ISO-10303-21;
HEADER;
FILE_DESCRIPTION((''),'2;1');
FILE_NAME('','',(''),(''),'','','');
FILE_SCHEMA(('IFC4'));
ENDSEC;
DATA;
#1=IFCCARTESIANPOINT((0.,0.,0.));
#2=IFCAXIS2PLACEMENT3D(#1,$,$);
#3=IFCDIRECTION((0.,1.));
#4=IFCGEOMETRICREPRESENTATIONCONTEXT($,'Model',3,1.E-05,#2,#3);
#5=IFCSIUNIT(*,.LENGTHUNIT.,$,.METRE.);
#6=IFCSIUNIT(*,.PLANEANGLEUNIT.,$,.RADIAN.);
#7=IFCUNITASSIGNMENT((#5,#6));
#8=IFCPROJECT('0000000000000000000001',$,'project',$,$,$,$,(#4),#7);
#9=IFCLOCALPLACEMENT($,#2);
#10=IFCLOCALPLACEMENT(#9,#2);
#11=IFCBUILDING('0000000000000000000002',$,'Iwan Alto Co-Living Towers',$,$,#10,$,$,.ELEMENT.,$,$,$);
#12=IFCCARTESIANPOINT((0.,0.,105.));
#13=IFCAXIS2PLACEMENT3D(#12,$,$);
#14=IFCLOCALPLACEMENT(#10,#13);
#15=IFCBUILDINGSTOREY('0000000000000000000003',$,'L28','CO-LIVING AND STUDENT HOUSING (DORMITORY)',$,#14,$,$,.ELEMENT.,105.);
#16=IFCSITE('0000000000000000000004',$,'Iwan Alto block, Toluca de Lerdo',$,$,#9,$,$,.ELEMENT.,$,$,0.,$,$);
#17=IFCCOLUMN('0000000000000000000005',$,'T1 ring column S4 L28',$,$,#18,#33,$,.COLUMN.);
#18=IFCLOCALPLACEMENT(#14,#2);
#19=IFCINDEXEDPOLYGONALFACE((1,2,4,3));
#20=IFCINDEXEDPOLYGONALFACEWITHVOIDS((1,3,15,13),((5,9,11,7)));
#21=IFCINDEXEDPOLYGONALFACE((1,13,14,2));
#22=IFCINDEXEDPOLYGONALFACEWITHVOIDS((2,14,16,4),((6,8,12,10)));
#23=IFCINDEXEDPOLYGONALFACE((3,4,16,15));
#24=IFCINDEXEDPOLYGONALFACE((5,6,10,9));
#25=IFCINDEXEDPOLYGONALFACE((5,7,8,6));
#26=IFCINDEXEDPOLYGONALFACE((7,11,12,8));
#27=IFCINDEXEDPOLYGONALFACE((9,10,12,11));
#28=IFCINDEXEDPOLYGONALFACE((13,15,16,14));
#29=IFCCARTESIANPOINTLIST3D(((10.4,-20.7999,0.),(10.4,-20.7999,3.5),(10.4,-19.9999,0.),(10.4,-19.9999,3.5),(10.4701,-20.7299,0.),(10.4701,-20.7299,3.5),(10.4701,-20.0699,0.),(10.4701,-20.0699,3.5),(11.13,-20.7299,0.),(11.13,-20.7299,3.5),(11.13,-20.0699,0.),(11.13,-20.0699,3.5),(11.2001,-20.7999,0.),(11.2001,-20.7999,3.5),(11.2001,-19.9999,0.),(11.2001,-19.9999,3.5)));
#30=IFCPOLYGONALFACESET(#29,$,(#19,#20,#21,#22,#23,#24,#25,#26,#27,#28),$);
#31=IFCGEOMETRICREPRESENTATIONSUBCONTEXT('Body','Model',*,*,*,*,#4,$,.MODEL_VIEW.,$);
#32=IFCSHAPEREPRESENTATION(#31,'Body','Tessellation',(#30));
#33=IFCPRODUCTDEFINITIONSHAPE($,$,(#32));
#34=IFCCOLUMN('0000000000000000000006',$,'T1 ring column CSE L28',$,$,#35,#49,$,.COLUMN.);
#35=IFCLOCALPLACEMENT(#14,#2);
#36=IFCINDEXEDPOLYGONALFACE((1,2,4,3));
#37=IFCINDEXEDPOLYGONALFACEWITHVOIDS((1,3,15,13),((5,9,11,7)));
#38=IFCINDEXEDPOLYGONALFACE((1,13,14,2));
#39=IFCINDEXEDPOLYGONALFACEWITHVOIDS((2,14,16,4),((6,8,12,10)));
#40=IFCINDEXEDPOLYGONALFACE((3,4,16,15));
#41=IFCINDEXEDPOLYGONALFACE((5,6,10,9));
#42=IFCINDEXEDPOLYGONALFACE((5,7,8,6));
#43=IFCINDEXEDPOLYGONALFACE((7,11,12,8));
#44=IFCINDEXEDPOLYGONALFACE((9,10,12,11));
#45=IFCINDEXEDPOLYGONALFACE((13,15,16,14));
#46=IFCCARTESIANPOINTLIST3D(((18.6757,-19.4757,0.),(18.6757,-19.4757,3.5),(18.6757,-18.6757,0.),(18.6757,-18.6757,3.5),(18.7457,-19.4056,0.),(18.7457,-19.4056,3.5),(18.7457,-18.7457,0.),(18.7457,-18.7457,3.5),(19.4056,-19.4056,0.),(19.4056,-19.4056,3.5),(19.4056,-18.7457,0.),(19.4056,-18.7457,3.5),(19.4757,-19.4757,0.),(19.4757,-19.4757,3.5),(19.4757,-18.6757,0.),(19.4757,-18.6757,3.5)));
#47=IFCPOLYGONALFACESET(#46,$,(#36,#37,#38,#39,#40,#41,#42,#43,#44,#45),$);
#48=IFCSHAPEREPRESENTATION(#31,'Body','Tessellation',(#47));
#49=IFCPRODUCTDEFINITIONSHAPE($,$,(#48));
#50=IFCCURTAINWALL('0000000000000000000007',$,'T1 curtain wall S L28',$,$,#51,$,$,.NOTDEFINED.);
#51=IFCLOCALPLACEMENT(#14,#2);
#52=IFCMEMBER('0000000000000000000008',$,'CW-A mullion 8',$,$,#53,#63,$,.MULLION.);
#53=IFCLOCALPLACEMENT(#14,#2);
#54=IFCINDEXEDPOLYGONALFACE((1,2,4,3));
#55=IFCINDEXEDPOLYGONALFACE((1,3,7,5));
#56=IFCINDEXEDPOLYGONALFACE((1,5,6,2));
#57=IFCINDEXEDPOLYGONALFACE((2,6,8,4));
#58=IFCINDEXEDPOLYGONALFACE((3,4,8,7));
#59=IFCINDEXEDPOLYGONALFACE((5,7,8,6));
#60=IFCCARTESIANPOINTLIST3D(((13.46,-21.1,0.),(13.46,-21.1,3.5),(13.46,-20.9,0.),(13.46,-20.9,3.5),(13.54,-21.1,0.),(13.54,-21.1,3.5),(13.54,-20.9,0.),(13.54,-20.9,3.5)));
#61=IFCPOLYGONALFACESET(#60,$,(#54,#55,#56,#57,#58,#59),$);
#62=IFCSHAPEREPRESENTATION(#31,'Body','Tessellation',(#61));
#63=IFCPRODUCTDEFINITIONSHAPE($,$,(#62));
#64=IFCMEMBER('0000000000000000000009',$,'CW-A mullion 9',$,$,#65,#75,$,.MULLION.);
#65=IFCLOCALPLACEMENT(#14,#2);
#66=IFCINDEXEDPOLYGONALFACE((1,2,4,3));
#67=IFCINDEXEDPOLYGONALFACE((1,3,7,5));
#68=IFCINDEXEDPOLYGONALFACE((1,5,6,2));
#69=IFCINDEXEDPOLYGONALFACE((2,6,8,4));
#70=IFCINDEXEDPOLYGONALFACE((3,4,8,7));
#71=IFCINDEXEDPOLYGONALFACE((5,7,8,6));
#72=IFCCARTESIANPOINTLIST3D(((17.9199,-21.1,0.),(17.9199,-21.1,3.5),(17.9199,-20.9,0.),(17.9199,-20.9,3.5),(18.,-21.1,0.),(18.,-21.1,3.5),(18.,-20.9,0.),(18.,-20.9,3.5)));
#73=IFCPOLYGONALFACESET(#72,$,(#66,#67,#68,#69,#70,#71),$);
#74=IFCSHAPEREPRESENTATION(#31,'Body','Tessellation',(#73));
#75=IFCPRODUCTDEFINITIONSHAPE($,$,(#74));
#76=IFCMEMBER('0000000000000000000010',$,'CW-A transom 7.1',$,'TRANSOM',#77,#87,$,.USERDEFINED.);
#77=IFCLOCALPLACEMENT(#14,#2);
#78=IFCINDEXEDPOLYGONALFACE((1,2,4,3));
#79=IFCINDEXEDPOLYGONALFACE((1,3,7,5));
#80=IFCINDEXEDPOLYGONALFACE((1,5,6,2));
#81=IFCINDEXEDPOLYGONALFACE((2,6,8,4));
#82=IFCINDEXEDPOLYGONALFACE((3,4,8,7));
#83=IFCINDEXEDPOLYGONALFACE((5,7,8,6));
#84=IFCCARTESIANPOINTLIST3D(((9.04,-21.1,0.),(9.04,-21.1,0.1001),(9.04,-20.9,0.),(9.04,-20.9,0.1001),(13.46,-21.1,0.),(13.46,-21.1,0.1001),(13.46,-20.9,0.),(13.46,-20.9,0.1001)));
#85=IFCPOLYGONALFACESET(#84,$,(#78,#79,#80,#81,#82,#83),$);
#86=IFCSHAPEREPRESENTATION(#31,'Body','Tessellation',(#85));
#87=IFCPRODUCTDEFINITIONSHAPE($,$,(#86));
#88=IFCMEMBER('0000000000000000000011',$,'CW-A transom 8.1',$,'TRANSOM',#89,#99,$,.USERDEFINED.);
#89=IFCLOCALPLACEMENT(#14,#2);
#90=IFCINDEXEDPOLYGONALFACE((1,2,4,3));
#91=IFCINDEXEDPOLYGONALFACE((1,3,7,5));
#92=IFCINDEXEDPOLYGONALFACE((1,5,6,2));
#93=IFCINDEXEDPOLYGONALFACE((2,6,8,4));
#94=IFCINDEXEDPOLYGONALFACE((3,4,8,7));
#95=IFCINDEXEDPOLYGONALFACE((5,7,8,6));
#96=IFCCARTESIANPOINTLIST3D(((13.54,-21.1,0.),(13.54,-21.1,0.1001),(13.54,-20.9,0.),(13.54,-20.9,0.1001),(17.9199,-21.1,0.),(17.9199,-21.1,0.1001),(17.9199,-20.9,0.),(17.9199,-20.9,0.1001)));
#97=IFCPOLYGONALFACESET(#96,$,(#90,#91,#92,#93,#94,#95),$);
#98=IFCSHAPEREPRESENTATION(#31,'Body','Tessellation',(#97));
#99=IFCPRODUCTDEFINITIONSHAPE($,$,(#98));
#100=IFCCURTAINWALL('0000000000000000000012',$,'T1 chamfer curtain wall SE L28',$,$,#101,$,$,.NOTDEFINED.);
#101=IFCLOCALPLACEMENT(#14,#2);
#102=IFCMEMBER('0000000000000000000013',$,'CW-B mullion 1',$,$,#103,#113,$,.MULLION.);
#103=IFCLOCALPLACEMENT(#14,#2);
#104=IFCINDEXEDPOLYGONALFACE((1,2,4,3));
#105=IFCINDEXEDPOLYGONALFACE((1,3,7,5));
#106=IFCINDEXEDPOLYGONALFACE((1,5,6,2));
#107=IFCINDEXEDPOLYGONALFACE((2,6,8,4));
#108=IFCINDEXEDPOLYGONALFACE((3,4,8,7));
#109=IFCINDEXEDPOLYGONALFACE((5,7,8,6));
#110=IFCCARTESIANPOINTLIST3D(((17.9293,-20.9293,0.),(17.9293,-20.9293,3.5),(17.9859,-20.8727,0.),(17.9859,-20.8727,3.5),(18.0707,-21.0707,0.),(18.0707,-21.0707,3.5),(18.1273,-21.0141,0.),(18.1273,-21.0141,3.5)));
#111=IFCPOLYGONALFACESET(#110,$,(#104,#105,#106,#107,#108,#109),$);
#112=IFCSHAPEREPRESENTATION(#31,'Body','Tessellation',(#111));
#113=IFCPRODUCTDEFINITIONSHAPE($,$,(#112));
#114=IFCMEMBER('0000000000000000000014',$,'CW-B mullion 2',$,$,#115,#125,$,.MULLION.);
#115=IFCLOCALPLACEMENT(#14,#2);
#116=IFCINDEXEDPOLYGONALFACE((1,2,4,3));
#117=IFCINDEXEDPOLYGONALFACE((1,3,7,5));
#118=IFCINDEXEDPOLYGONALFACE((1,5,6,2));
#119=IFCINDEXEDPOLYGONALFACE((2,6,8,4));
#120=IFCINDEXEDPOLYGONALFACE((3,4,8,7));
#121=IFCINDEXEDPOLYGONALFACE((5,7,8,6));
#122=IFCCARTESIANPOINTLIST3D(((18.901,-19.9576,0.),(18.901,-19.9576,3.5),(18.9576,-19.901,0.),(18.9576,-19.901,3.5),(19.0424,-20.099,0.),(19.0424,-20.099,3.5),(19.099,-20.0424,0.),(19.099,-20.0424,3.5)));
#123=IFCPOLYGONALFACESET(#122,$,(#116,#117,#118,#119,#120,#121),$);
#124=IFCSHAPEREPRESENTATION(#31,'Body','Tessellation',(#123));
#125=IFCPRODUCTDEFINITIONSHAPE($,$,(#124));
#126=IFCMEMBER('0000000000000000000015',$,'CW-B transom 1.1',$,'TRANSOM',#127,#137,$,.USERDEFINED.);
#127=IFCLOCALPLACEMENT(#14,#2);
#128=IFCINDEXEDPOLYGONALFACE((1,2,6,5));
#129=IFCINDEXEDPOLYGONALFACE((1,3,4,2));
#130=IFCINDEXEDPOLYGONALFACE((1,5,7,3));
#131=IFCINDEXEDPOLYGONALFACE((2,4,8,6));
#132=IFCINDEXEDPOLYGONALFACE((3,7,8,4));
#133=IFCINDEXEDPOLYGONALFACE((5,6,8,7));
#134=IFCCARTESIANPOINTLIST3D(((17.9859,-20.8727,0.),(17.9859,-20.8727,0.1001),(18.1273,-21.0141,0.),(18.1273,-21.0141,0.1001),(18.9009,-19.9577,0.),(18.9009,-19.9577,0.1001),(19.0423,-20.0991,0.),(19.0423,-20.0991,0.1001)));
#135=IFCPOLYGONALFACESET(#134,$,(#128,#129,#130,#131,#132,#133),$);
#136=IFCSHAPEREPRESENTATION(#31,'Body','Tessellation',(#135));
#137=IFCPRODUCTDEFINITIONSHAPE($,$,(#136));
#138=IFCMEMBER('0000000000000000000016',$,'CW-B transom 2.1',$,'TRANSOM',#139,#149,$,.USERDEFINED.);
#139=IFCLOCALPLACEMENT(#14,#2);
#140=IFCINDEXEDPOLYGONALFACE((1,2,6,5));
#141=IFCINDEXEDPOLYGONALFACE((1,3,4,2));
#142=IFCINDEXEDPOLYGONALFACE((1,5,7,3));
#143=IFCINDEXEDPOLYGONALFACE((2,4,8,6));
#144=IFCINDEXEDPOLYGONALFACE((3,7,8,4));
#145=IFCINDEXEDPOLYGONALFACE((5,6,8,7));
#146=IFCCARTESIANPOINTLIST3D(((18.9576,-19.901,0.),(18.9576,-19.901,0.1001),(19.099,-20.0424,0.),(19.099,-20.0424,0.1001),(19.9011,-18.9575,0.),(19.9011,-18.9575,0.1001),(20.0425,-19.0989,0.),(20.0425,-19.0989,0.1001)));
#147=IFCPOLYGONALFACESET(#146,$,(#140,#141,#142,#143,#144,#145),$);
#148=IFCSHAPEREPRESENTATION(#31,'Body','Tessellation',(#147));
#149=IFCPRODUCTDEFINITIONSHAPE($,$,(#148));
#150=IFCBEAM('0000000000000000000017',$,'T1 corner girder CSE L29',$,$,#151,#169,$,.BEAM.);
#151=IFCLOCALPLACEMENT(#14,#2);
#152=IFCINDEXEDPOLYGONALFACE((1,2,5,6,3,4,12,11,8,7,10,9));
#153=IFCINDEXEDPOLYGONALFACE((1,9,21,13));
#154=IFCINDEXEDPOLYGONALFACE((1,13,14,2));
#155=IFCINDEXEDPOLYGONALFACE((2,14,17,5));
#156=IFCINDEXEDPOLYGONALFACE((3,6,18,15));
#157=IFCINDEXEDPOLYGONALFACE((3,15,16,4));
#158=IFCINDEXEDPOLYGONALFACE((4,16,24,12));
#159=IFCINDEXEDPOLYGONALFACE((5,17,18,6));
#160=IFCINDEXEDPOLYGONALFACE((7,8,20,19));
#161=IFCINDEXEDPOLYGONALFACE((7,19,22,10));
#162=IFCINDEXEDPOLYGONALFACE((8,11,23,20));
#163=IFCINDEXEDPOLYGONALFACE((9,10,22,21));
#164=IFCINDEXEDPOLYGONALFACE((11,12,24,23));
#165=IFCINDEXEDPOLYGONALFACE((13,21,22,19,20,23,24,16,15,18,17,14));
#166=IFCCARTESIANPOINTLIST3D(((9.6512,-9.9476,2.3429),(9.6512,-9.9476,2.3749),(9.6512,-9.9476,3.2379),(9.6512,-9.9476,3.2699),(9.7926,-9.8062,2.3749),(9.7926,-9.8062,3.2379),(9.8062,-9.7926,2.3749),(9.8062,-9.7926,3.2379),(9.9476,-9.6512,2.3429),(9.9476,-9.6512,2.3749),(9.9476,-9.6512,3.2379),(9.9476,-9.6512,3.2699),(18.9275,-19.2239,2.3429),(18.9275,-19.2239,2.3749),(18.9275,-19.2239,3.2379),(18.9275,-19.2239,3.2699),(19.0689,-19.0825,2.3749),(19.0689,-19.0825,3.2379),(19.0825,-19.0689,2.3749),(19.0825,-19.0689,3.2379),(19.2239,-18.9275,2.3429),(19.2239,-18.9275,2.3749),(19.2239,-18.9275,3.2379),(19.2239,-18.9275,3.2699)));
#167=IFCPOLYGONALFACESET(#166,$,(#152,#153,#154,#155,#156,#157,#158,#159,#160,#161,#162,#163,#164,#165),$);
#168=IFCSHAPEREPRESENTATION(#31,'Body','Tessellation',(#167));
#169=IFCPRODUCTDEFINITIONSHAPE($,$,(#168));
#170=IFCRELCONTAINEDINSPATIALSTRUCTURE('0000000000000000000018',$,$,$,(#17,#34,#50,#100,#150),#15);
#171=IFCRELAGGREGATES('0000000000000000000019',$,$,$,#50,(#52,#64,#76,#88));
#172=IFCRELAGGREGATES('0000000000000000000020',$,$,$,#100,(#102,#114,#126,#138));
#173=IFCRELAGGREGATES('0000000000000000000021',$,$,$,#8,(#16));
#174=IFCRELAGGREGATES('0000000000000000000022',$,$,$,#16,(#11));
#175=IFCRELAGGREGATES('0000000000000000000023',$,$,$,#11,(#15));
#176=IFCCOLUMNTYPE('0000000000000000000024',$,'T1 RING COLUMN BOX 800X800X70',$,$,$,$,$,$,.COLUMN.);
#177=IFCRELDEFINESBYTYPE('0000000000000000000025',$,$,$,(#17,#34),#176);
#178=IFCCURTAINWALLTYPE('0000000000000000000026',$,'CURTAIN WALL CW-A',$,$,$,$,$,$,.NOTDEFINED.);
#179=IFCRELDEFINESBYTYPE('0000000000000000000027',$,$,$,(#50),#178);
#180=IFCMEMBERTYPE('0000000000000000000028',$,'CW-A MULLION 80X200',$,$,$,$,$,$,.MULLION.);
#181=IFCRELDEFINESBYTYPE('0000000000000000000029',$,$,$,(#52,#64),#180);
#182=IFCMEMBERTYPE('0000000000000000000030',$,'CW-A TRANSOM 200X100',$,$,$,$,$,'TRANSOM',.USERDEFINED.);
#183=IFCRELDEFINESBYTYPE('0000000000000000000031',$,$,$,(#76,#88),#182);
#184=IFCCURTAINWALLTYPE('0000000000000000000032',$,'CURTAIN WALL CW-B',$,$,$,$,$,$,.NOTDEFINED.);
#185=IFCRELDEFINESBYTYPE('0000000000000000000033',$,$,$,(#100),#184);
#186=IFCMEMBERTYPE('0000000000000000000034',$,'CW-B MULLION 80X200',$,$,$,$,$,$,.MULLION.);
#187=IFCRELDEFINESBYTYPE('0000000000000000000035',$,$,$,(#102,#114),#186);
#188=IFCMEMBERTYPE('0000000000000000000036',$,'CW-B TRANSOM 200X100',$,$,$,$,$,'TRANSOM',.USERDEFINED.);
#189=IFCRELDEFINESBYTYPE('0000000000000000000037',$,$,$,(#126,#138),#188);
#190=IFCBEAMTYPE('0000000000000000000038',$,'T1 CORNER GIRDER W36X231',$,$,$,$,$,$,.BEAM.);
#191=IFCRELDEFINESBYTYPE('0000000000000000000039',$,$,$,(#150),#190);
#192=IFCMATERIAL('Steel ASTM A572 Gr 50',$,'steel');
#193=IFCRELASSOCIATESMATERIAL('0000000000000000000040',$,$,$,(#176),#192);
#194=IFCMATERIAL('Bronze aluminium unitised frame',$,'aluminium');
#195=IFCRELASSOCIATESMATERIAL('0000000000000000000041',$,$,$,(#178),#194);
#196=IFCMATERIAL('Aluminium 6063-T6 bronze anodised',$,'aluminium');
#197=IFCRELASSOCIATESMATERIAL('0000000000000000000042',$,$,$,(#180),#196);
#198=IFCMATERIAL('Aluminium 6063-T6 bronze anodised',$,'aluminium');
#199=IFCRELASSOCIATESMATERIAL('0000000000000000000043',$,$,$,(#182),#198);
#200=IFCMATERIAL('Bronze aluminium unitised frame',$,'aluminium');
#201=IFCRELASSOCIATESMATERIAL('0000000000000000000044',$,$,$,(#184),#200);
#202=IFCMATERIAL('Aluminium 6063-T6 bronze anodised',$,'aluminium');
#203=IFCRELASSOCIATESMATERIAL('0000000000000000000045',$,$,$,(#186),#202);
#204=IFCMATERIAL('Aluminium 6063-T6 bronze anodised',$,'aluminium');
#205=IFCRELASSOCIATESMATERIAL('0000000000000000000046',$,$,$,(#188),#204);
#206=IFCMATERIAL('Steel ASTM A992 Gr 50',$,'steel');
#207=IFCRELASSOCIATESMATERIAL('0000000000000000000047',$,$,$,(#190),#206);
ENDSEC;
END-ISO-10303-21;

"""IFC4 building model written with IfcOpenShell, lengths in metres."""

from ifc_helpers import new_model, si_unit, direction, frame, origin, origin_2d, place, context, subcontext, project, spatial, rectangle, hollow_rectangle, i_section, extrude, material, material_profile, profile_set, type_object, element, aggregate, save


model = new_model("IFC4")

# Units and contexts
model_context = context("Model", 3, precision=1e-05, world=origin(), true_north=direction((0.0, 1.0)))
body_context = subcontext(model_context, "Body", "Model", "MODEL_VIEW")
ifc_project = project(units=[si_unit("LENGTHUNIT", "METRE"), si_unit("PLANEANGLEUNIT", "RADIAN")], contexts=[model_context])

# Site, building, storey
site_placement = place(None, origin())
site = spatial("IfcSite", under=ifc_project, at=site_placement, Name="Iwan Alto block, Toluca de Lerdo", CompositionType="ELEMENT", RefElevation=0.0)
building_placement = place(site_placement, origin())
building = spatial("IfcBuilding", under=site, at=building_placement, Name="Iwan Alto Co-Living Towers", CompositionType="ELEMENT")
storey_placement = place(building_placement, frame((0.0, 0.0, 105.0)))
storey = spatial("IfcBuildingStorey", under=building, at=storey_placement, Name="L28", Description="CO-LIVING AND STUDENT HOUSING (DORMITORY)", CompositionType="ELEMENT", Elevation=105.0)

# Columns
ifc_material_1 = material(Name="Steel ASTM A572 Gr 50", Category="steel")
ifc_material_profile_1 = material_profile(ifc_material_1, hollow_rectangle(XDim=0.8, YDim=0.8, WallThickness=0.0701, at=origin_2d()), Name="BOX 800X800X70")
ifc_profile_set_1 = profile_set([ifc_material_profile_1], Name="Steel ASTM A572 Gr 50")
column_type = type_object("IfcColumnType", Name="T1 RING COLUMN BOX 800X800X70", PredefinedType="COLUMN", material=ifc_profile_set_1)
for number, where, z_axis, x_axis, name in (
    (1, (10.8, -20.3999, 0.0), (0.0, 0.0, 1.0), (1.0, 0.0, 0.0), "T1 ring column S4 L28"),
    (2, (19.0757, -19.0757, 0.0), (0.0, 0.0, 1.0), (1.0, 0.0, 0.0), "T1 ring column CSE L28"),
):
    element("IfcColumn", number, at=place(storey_placement, frame(where, z_axis=z_axis, x_axis=x_axis)), inside=storey, type_object=column_type, Name=name, PredefinedType="COLUMN", context=body_context, shape_type="SweptSolid", body=[
        extrude(hollow_rectangle(XDim=0.8, YDim=0.8, WallThickness=0.0701, at=origin_2d()), origin(), (0.0, 0.0, 1.0), 3.5),
    ])

# Curtain walls, members
ifc_material_2 = material(Name="Bronze aluminium unitised frame", Category="aluminium")
curtain_wall_type_1 = type_object("IfcCurtainWallType", Name="CURTAIN WALL CW-A", PredefinedType="NOTDEFINED", material=ifc_material_2)
curtain_wall_1_placement = place(storey_placement, origin())
curtain_wall_1 = element("IfcCurtainWall", 3, at=curtain_wall_1_placement, inside=storey, type_object=curtain_wall_type_1, Name="T1 curtain wall S L28", PredefinedType="NOTDEFINED")
ifc_material_3 = material(Name="Aluminium 6063-T6 bronze anodised", Category="aluminium")
ifc_material_profile_2 = material_profile(ifc_material_3, rectangle(XDim=0.2, YDim=0.0801, at=origin_2d()), Name="AL 80X200")
ifc_profile_set_2 = profile_set([ifc_material_profile_2], Name="Aluminium 6063-T6 bronze anodised")
member_type_1 = type_object("IfcMemberType", Name="CW-A MULLION 80X200", PredefinedType="MULLION", material=ifc_profile_set_2)
member_1_placement = place(storey_placement, frame((13.5, -21.0, 0.0), z_axis=(0.0, 0.0, 1.0), x_axis=(0.0, 1.0, 0.0)))
member_1 = element("IfcMember", 4, at=member_1_placement, type_object=member_type_1, Name="CW-A mullion 8", PredefinedType="MULLION", context=body_context, shape_type="SweptSolid", body=[
    extrude(rectangle(XDim=0.2, YDim=0.0801, at=origin_2d()), origin(), (0.0, 0.0, 1.0), 3.5),
])
member_2_placement = place(storey_placement, frame((17.96, -21.0, 0.0), z_axis=(0.0, 0.0, 1.0), x_axis=(0.0, 1.0, 0.0)))
member_2 = element("IfcMember", 5, at=member_2_placement, type_object=member_type_1, Name="CW-A mullion 9", PredefinedType="MULLION", context=body_context, shape_type="SweptSolid", body=[
    extrude(rectangle(XDim=0.2, YDim=0.0801, at=origin_2d()), origin(), (0.0, 0.0, 1.0), 3.5),
])
ifc_material_4 = material(Name="Aluminium 6063-T6 bronze anodised", Category="aluminium")
ifc_material_profile_3 = material_profile(ifc_material_4, rectangle(XDim=0.2, YDim=0.1001, at=origin_2d()), Name="AL 200X100")
ifc_profile_set_3 = profile_set([ifc_material_profile_3], Name="Aluminium 6063-T6 bronze anodised")
member_type_2 = type_object("IfcMemberType", Name="CW-A TRANSOM 200X100", ElementType="TRANSOM", PredefinedType="USERDEFINED", material=ifc_profile_set_3)
member_3_placement = place(storey_placement, frame((9.04, -21.0, 0.05), z_axis=(1.0, 0.0, 0.0), x_axis=(0.0, 1.0, 0.0)))
member_3 = element("IfcMember", 6, at=member_3_placement, type_object=member_type_2, Name="CW-A transom 7.1", ObjectType="TRANSOM", PredefinedType="USERDEFINED", context=body_context, shape_type="SweptSolid", body=[
    extrude(rectangle(XDim=0.2, YDim=0.1001, at=origin_2d()), origin(), (0.0, 0.0, 1.0), 4.4199),
])
member_4_placement = place(storey_placement, frame((13.54, -21.0, 0.05), z_axis=(1.0, 0.0, 0.0), x_axis=(0.0, 1.0, 0.0)))
member_4 = element("IfcMember", 7, at=member_4_placement, type_object=member_type_2, Name="CW-A transom 8.1", ObjectType="TRANSOM", PredefinedType="USERDEFINED", context=body_context, shape_type="SweptSolid", body=[
    extrude(rectangle(XDim=0.2, YDim=0.1001, at=origin_2d()), origin(), (0.0, 0.0, 1.0), 4.3799),
])
ifc_material_5 = material(Name="Bronze aluminium unitised frame", Category="aluminium")
curtain_wall_type_2 = type_object("IfcCurtainWallType", Name="CURTAIN WALL CW-B", PredefinedType="NOTDEFINED", material=ifc_material_5)
curtain_wall_2_placement = place(storey_placement, origin())
curtain_wall_2 = element("IfcCurtainWall", 8, at=curtain_wall_2_placement, inside=storey, type_object=curtain_wall_type_2, Name="T1 chamfer curtain wall SE L28", PredefinedType="NOTDEFINED")
ifc_material_6 = material(Name="Aluminium 6063-T6 bronze anodised", Category="aluminium")
ifc_material_profile_4 = material_profile(ifc_material_6, rectangle(XDim=0.2, YDim=0.0801, at=origin_2d()), Name="AL 80X200")
ifc_profile_set_4 = profile_set([ifc_material_profile_4], Name="Aluminium 6063-T6 bronze anodised")
member_type_3 = type_object("IfcMemberType", Name="CW-B MULLION 80X200", PredefinedType="MULLION", material=ifc_profile_set_4)
member_5_placement = place(storey_placement, frame((18.0283, -20.9717, 0.0), z_axis=(0.0, 0.0, 1.0), x_axis=(-0.707107, 0.707107, 0.0)))
member_5 = element("IfcMember", 9, at=member_5_placement, type_object=member_type_3, Name="CW-B mullion 1", PredefinedType="MULLION", context=body_context, shape_type="SweptSolid", body=[
    extrude(rectangle(XDim=0.2, YDim=0.0801, at=origin_2d()), origin(), (0.0, 0.0, 1.0), 3.5),
])
member_6_placement = place(storey_placement, frame((19.0, -20.0, 0.0), z_axis=(0.0, 0.0, 1.0), x_axis=(-0.707107, 0.707107, 0.0)))
member_6 = element("IfcMember", 10, at=member_6_placement, type_object=member_type_3, Name="CW-B mullion 2", PredefinedType="MULLION", context=body_context, shape_type="SweptSolid", body=[
    extrude(rectangle(XDim=0.2, YDim=0.0801, at=origin_2d()), origin(), (0.0, 0.0, 1.0), 3.5),
])
ifc_material_7 = material(Name="Aluminium 6063-T6 bronze anodised", Category="aluminium")
ifc_material_profile_5 = material_profile(ifc_material_7, rectangle(XDim=0.2, YDim=0.1001, at=origin_2d()), Name="AL 200X100")
ifc_profile_set_5 = profile_set([ifc_material_profile_5], Name="Aluminium 6063-T6 bronze anodised")
member_type_4 = type_object("IfcMemberType", Name="CW-B TRANSOM 200X100", ElementType="TRANSOM", PredefinedType="USERDEFINED", material=ifc_profile_set_5)
member_7_placement = place(storey_placement, frame((18.0566, -20.9434, 0.05), z_axis=(0.707107, 0.707107, 0.0), x_axis=(-0.707107, 0.707107, 0.0)))
member_7 = element("IfcMember", 11, at=member_7_placement, type_object=member_type_4, Name="CW-B transom 1.1", ObjectType="TRANSOM", PredefinedType="USERDEFINED", context=body_context, shape_type="SweptSolid", body=[
    extrude(rectangle(XDim=0.2, YDim=0.1001, at=origin_2d()), origin(), (0.0, 0.0, 1.0), 1.2939),
])
member_8_placement = place(storey_placement, frame((19.0283, -19.9717, 0.05), z_axis=(0.707107, 0.707107, 0.0), x_axis=(-0.707107, 0.707107, 0.0)))
member_8 = element("IfcMember", 12, at=member_8_placement, type_object=member_type_4, Name="CW-B transom 2.1", ObjectType="TRANSOM", PredefinedType="USERDEFINED", context=body_context, shape_type="SweptSolid", body=[
    extrude(rectangle(XDim=0.2, YDim=0.1001, at=origin_2d()), origin(), (0.0, 0.0, 1.0), 1.3342),
])

# Beam
ifc_material_8 = material(Name="Steel ASTM A992 Gr 50", Category="steel")
ifc_material_profile_6 = material_profile(ifc_material_8, i_section(OverallWidth=0.4192, OverallDepth=0.927, WebThickness=0.0193, FlangeThickness=0.032, at=origin_2d()), Name="W36X231")
ifc_profile_set_6 = profile_set([ifc_material_profile_6], Name="Steel ASTM A992 Gr 50")
beam_type_1 = type_object("IfcBeamType", Name="T1 CORNER GIRDER W36X231", PredefinedType="BEAM", material=ifc_profile_set_6)
beam_1_placement = place(storey_placement, frame((19.0757, -19.0757, 2.8064), z_axis=(-0.707107, 0.707107, 0.0), x_axis=(-0.707107, -0.707107, 0.0)))
element("IfcBeam", 13, at=beam_1_placement, inside=storey, type_object=beam_type_1, Name="T1 corner girder CSE L29", PredefinedType="BEAM", context=body_context, shape_type="SweptSolid", body=[
    extrude(i_section(OverallWidth=0.4192, OverallDepth=0.927, WebThickness=0.0193, FlangeThickness=0.032, at=origin_2d()), origin(), (0.0, 0.0, 1.0), 13.1187),
])

aggregate(curtain_wall_1, [member_1, member_2, member_3, member_4])
aggregate(curtain_wall_2, [member_5, member_6, member_7, member_8])

save(model, "model.ifc")
